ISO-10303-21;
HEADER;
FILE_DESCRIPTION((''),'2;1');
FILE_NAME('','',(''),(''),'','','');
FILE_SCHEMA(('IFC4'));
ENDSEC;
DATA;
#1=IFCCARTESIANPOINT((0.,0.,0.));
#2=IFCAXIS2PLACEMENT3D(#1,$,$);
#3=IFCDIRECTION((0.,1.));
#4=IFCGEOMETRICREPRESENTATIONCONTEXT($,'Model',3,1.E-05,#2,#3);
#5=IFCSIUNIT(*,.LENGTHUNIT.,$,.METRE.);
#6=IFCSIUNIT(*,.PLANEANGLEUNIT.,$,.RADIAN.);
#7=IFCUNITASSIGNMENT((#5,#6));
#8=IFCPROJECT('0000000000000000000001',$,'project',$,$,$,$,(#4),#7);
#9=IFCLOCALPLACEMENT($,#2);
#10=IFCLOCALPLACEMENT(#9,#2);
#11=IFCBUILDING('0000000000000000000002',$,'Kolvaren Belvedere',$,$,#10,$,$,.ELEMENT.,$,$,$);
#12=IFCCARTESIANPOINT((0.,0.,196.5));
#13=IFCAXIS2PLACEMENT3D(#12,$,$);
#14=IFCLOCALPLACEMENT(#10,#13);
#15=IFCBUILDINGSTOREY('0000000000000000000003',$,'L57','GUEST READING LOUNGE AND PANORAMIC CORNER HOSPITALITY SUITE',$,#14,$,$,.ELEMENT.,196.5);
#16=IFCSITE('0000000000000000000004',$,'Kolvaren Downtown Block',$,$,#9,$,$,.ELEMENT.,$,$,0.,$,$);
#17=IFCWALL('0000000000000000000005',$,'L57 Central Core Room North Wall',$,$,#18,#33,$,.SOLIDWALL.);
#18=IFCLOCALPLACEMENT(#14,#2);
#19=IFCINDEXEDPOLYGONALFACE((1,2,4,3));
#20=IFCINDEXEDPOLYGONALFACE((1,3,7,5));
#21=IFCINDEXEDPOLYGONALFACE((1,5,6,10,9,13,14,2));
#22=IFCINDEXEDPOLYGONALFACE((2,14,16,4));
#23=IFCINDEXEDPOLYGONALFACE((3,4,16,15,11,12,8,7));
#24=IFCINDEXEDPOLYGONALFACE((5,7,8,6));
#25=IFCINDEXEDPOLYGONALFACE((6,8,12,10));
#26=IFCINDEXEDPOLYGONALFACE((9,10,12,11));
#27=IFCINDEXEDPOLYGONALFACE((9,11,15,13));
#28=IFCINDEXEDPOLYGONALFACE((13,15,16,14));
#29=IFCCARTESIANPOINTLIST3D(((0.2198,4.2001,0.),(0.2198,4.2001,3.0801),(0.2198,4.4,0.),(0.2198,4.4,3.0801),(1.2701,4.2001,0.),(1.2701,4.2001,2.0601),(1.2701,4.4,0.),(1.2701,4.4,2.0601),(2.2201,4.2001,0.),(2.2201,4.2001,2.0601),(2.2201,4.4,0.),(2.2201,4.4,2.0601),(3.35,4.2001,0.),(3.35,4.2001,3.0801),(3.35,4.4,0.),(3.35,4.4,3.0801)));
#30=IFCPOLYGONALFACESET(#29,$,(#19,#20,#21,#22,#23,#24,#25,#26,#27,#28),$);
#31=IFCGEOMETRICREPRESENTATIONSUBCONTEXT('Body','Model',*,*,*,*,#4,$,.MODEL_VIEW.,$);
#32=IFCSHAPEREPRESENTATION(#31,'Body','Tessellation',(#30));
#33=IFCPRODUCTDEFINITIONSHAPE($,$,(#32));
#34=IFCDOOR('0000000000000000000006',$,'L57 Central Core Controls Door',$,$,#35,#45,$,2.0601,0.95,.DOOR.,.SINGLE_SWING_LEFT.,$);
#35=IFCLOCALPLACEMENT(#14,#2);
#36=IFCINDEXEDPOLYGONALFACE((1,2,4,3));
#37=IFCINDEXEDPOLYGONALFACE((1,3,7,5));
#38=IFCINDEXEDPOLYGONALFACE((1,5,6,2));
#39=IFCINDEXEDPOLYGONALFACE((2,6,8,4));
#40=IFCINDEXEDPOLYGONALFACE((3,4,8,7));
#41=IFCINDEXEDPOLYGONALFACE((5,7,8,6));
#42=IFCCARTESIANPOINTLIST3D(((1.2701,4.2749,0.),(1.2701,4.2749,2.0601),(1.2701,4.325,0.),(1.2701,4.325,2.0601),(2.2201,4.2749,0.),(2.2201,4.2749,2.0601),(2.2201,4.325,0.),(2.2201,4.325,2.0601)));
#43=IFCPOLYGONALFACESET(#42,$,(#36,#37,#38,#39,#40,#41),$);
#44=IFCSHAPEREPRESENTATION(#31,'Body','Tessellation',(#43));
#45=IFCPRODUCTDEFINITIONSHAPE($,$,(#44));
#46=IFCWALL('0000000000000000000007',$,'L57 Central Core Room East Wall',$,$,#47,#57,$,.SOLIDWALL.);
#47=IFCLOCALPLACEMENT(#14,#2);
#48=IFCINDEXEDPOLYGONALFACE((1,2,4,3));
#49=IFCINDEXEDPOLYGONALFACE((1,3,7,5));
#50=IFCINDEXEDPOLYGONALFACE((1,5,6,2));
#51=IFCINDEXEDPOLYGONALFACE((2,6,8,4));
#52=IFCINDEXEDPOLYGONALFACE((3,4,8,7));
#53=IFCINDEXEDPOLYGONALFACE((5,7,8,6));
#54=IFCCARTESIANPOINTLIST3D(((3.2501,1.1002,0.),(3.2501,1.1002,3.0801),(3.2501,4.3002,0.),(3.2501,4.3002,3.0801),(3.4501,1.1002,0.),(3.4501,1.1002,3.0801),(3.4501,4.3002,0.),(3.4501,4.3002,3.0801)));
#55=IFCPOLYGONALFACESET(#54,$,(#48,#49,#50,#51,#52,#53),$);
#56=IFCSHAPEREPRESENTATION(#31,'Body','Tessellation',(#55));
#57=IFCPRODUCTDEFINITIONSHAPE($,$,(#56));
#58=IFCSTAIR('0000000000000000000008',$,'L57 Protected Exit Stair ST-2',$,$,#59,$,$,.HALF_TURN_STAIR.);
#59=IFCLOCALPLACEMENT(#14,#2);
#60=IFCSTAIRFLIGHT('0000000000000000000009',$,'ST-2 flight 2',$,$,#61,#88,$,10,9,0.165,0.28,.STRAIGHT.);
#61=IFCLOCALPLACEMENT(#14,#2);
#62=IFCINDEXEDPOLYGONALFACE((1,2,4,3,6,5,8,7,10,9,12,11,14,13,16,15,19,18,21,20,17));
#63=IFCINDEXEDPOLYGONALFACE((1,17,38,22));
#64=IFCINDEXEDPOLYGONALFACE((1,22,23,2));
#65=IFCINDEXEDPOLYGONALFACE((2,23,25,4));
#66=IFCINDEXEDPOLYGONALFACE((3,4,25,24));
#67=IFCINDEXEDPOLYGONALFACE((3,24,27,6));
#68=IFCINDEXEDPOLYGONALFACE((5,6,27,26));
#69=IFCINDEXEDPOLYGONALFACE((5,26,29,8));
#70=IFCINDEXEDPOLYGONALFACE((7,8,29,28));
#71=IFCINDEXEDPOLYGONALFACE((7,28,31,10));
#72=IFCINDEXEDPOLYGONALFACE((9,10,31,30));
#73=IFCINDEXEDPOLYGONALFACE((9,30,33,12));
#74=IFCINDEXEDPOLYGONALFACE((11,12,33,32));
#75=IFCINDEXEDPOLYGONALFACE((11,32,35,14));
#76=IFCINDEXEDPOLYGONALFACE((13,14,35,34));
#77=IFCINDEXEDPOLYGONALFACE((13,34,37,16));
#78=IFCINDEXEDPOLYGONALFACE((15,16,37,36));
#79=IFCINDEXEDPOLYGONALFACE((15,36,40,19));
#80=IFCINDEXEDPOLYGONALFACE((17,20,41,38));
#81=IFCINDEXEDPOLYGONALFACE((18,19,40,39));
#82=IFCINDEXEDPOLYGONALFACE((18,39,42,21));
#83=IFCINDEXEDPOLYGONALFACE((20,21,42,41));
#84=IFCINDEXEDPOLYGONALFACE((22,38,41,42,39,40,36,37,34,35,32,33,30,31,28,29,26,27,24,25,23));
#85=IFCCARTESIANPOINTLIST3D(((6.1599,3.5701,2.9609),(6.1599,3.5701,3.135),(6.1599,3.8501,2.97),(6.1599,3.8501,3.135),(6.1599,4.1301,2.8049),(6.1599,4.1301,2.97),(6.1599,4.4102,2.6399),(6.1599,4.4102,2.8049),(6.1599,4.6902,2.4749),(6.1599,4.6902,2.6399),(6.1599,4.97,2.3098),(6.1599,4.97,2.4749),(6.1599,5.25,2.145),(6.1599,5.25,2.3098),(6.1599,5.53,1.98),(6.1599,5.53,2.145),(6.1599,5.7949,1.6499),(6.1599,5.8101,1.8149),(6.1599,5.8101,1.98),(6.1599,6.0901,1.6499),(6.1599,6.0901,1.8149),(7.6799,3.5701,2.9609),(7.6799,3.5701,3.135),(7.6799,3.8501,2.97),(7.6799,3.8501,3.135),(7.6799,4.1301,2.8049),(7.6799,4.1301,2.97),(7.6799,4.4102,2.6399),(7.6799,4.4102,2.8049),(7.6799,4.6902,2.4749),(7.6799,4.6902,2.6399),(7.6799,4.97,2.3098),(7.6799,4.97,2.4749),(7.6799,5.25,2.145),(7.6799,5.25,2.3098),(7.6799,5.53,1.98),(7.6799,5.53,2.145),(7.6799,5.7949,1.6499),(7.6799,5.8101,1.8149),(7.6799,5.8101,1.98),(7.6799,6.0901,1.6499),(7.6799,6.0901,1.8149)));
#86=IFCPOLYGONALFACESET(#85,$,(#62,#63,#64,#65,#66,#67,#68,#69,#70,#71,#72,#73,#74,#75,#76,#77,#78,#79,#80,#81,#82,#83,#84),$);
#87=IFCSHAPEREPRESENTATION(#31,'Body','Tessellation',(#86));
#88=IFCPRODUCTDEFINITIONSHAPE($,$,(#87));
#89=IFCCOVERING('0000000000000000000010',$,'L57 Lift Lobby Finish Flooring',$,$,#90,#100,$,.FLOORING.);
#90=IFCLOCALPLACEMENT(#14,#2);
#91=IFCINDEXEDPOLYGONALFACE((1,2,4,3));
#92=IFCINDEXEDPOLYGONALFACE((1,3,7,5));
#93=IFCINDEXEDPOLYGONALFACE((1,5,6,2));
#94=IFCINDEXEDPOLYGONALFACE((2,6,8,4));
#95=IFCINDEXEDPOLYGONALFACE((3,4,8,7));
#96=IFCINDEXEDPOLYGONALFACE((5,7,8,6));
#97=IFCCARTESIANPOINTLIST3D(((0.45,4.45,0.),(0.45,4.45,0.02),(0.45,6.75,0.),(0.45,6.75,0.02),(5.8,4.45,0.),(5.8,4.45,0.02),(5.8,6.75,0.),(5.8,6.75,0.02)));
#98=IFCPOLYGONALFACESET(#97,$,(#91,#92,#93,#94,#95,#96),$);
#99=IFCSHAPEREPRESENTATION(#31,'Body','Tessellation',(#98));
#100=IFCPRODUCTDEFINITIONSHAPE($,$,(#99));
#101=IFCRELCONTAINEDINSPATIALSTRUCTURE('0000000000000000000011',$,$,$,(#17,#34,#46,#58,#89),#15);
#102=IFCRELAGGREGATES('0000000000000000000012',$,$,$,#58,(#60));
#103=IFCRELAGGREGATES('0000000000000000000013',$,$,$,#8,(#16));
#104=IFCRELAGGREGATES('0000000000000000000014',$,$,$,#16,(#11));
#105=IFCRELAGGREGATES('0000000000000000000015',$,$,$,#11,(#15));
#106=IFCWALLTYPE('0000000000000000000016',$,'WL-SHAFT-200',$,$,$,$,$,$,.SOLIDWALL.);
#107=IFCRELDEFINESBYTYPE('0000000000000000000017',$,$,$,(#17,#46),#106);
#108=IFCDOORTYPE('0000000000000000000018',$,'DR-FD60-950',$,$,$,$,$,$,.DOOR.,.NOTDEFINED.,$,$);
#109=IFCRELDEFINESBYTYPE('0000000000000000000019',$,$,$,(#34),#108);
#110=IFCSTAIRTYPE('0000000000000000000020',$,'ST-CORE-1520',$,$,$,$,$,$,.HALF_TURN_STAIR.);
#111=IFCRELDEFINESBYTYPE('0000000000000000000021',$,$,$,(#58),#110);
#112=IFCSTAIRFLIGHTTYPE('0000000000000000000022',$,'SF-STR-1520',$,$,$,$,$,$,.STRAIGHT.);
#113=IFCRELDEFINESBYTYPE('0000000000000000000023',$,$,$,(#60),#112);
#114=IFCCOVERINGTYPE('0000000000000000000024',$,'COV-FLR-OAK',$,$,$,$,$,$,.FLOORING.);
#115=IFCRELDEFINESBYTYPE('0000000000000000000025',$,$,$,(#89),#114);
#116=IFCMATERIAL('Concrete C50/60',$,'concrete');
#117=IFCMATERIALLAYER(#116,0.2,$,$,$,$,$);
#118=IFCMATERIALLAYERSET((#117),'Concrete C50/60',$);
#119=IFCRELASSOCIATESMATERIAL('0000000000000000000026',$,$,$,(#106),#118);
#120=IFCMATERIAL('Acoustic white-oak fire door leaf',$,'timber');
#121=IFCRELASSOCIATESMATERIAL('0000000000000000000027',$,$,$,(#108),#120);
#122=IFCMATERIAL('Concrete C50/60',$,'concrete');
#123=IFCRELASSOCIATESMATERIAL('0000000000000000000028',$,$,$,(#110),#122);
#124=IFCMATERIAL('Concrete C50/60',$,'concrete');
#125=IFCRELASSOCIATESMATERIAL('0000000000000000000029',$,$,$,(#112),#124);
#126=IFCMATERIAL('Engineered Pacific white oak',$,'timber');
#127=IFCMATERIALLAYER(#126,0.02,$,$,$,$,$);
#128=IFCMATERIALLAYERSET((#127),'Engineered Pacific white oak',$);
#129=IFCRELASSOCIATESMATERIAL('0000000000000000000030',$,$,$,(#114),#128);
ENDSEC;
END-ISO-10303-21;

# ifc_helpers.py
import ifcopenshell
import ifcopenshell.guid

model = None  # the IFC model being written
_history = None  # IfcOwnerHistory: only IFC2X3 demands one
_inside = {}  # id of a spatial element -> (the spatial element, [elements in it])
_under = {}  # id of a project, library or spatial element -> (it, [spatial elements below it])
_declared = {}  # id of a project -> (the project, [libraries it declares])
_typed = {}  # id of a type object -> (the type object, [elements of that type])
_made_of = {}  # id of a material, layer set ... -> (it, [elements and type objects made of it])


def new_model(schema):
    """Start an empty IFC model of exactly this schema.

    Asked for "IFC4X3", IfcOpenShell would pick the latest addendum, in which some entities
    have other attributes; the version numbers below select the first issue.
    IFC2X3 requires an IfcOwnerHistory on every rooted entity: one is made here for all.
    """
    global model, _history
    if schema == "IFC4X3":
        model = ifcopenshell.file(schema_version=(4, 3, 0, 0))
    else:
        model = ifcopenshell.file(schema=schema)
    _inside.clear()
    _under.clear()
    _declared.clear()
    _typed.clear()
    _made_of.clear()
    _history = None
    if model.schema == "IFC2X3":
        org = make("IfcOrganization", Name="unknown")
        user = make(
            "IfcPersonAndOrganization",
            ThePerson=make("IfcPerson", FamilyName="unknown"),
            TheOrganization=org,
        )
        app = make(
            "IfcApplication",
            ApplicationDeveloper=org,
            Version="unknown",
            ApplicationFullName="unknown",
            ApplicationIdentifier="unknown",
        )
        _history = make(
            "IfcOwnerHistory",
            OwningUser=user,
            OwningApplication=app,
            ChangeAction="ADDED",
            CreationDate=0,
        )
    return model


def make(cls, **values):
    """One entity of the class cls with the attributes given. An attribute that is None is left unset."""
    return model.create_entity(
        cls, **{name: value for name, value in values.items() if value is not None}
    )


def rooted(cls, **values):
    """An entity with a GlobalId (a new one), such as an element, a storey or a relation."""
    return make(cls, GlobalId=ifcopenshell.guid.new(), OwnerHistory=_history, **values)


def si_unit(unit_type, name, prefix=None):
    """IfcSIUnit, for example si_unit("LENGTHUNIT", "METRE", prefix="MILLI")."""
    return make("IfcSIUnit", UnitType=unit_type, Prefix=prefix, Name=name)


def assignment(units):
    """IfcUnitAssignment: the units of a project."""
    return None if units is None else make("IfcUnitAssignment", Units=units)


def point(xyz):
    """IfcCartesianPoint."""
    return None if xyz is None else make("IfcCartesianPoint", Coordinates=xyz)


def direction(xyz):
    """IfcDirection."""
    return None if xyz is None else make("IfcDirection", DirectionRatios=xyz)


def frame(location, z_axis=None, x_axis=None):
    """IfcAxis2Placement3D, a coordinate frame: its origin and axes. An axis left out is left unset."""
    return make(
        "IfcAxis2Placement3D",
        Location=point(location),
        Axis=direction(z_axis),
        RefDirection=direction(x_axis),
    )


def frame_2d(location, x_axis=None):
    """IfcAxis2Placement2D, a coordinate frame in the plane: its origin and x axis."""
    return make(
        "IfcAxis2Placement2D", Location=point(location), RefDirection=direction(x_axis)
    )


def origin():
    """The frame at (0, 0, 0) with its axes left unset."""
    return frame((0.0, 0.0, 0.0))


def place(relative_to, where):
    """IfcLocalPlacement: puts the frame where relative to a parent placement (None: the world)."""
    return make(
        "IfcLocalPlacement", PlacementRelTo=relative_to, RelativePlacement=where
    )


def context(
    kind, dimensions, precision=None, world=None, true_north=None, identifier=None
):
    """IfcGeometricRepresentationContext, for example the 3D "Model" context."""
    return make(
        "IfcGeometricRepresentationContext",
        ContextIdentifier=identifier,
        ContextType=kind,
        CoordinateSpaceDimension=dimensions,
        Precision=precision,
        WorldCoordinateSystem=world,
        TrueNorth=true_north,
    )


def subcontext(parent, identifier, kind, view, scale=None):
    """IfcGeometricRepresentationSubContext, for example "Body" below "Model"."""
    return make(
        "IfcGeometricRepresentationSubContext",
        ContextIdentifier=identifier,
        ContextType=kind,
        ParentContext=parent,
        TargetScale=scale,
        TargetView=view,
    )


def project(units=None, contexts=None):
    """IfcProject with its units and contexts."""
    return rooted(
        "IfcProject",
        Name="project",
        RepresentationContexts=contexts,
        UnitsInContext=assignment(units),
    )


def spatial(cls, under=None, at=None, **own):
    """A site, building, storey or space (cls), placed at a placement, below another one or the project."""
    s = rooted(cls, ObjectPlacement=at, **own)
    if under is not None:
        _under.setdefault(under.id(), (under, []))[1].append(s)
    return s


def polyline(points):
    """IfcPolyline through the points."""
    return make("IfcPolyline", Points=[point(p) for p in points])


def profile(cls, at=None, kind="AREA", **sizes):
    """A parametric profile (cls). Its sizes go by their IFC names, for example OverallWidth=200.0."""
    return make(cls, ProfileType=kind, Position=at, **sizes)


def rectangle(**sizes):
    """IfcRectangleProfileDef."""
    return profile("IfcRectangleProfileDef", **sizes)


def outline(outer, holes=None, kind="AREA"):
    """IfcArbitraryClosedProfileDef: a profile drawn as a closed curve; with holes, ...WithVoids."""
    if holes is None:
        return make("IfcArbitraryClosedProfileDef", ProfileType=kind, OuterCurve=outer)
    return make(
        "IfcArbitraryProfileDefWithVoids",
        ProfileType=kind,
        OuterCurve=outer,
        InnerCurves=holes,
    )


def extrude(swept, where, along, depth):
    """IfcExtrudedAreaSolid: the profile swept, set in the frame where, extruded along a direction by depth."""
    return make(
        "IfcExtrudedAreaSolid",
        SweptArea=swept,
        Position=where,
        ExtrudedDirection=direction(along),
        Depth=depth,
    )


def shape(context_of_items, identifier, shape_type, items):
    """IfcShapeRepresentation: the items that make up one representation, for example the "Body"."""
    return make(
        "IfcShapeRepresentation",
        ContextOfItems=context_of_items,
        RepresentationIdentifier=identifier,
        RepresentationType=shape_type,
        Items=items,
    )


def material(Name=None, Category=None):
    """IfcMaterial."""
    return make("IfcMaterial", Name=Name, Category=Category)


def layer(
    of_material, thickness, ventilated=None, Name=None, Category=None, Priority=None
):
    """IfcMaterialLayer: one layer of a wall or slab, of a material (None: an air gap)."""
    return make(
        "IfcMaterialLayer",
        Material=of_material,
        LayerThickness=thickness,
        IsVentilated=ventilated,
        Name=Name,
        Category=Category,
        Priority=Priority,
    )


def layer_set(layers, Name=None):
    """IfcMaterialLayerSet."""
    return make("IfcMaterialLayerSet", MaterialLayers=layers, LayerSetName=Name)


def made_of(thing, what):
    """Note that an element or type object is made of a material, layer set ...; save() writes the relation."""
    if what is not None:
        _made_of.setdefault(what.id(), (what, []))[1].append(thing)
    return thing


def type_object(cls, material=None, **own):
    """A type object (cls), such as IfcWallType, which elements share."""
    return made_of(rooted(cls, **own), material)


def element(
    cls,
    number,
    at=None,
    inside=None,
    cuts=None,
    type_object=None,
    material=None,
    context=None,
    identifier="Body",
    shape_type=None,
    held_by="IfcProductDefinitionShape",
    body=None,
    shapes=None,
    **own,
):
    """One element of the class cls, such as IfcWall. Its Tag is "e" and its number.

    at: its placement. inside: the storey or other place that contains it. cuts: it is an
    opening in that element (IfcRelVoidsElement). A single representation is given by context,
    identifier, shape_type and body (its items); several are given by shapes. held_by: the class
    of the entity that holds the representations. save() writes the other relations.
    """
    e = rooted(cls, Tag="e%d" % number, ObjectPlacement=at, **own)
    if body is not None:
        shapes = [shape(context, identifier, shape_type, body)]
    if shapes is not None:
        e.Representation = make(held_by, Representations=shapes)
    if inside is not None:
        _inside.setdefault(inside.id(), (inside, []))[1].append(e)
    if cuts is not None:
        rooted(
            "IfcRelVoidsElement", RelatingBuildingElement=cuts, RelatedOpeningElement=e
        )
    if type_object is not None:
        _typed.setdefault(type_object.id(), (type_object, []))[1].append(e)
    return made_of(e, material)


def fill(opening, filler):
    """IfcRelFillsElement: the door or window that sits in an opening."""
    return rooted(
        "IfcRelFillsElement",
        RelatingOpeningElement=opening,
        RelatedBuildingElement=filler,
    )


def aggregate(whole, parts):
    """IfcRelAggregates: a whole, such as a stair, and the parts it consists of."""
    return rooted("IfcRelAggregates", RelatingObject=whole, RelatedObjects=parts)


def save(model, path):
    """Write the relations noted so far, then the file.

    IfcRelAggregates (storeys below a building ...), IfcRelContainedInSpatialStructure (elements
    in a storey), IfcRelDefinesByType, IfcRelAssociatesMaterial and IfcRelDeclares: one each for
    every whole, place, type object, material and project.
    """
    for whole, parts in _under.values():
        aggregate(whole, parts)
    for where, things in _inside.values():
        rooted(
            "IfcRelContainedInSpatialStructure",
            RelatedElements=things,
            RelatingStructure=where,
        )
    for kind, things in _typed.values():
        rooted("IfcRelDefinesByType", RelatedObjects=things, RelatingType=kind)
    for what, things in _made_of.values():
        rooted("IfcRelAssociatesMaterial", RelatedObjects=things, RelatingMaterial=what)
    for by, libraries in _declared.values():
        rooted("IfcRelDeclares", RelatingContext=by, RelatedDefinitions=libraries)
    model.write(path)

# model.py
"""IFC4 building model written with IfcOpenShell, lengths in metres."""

from ifc_helpers import new_model, si_unit, direction, frame, frame_2d, origin, place, context, subcontext, project, spatial, polyline, rectangle, outline, extrude, material, layer, layer_set, type_object, element, fill, aggregate, save


model = new_model("IFC4")

# Units and contexts
model_context = context("Model", 3, precision=1e-05, world=origin(), true_north=direction((0.0, 1.0)))
body_context = subcontext(model_context, "Body", "Model", "MODEL_VIEW")
ifc_project = project(units=[si_unit("LENGTHUNIT", "METRE"), si_unit("PLANEANGLEUNIT", "RADIAN")], contexts=[model_context])

# Site, building, storey
site_placement = place(None, origin())
site = spatial("IfcSite", under=ifc_project, at=site_placement, Name="Kolvaren Downtown Block", CompositionType="ELEMENT", RefElevation=0.0)
building_placement = place(site_placement, origin())
building = spatial("IfcBuilding", under=site, at=building_placement, Name="Kolvaren Belvedere", CompositionType="ELEMENT")
storey_placement = place(building_placement, frame((0.0, 0.0, 196.5)))
storey = spatial("IfcBuildingStorey", under=building, at=storey_placement, Name="L57", Description="GUEST READING LOUNGE AND PANORAMIC CORNER HOSPITALITY SUITE", CompositionType="ELEMENT", Elevation=196.5)

# Shared definitions
ifc_material_1 = material(Name="Concrete C50/60", Category="concrete")
ifc_layer_1 = layer(ifc_material_1, 0.2)
ifc_layer_set_1 = layer_set([ifc_layer_1], Name="Concrete C50/60")
wall_type_1 = type_object("IfcWallType", Name="WL-SHAFT-200", PredefinedType="SOLIDWALL", material=ifc_layer_set_1)

# Wall, opening, door
wall_1_placement = place(storey_placement, frame((0.22, 4.3, 0.0), z_axis=(0.0, 0.0, 1.0), x_axis=(1.0, 0.0, 0.0)))
wall_1 = element("IfcWall", 1, at=wall_1_placement, inside=storey, type_object=wall_type_1, Name="L57 Central Core Room North Wall", PredefinedType="SOLIDWALL", context=body_context, shape_type="SweptSolid", body=[
    extrude(rectangle(XDim=3.1301, YDim=0.2, at=frame_2d((1.5649, 0.0))), origin(), (0.0, 0.0, 1.0), 3.0801),
])
opening_1_placement = place(wall_1_placement, frame((1.05, 0.0, 0.0)))
opening_1 = element("IfcOpeningElement", 2, at=opening_1_placement, cuts=wall_1, PredefinedType="OPENING", context=body_context, shape_type="SweptSolid", body=[
    extrude(rectangle(XDim=0.95, YDim=2.0601, at=frame_2d((0.4751, 1.03))), frame((0.0, 0.1099, 0.0), z_axis=(0.0, -1.0, 0.0), x_axis=(1.0, 0.0, 0.0)), (0.0, 0.0, 1.0), 0.22),
])
ifc_material_2 = material(Name="Acoustic white-oak fire door leaf", Category="timber")
door_type_1 = type_object("IfcDoorType", Name="DR-FD60-950", OperationType="NOTDEFINED", PredefinedType="DOOR", material=ifc_material_2)
door_1_placement = place(opening_1_placement, origin())
door_1 = element("IfcDoor", 3, at=door_1_placement, inside=storey, type_object=door_type_1, Name="L57 Central Core Controls Door", OperationType="SINGLE_SWING_LEFT", OverallHeight=2.0601, OverallWidth=0.95, PredefinedType="DOOR", context=body_context, shape_type="SweptSolid", body=[
    extrude(rectangle(XDim=0.95, YDim=2.0601, at=frame_2d((0.4751, 1.03))), frame((0.0, 0.0249, 0.0), z_axis=(0.0, -1.0, 0.0), x_axis=(1.0, 0.0, 0.0)), (0.0, 0.0, 1.0), 0.05),
])
fill(opening_1, door_1)

# Wall
wall_2_placement = place(storey_placement, frame((3.3501, 1.1001, 0.0), z_axis=(0.0, 0.0, 1.0), x_axis=(0.0, 1.0, 0.0)))
element("IfcWall", 4, at=wall_2_placement, inside=storey, type_object=wall_type_1, Name="L57 Central Core Room East Wall", PredefinedType="SOLIDWALL", context=body_context, shape_type="SweptSolid", body=[
    extrude(rectangle(XDim=3.2, YDim=0.2, at=frame_2d((1.6001, 0.0))), origin(), (0.0, 0.0, 1.0), 3.0801),
])

# Stair, stair flight
ifc_material_3 = material(Name="Concrete C50/60", Category="concrete")
stair_type = type_object("IfcStairType", Name="ST-CORE-1520", PredefinedType="HALF_TURN_STAIR", material=ifc_material_3)
stair_placement = place(storey_placement, origin())
stair = element("IfcStair", 5, at=stair_placement, inside=storey, type_object=stair_type, Name="L57 Protected Exit Stair ST-2", PredefinedType="HALF_TURN_STAIR")
ifc_material_4 = material(Name="Concrete C50/60", Category="concrete")
stair_flight_type = type_object("IfcStairFlightType", Name="SF-STR-1520", PredefinedType="STRAIGHT", material=ifc_material_4)
stair_flight_placement = place(storey_placement, frame((6.9199, 6.0901, 1.6499), z_axis=(0.0, 0.0, 1.0), x_axis=(0.0, -1.0, 0.0)))
stair_flight = element("IfcStairFlight", 6, at=stair_flight_placement, type_object=stair_flight_type, Name="ST-2 flight 2", NumberOfRisers=10, NumberOfTreads=9, PredefinedType="STRAIGHT", RiserHeight=0.165, TreadLength=0.28, context=body_context, shape_type="SweptSolid", body=[
    extrude(outline(polyline([(0.0, 0.0), (0.0, 0.165), (0.28, 0.165), (0.28, 0.3301), (0.5601, 0.3301), (0.5601, 0.4951), (0.8401, 0.4951), (0.8401, 0.6599), (1.1201, 0.6599), (1.1201, 0.825), (1.3999, 0.825), (1.3999, 0.99), (1.6799, 0.99), (1.6799, 1.155), (1.96, 1.155), (1.96, 1.3201), (2.24, 1.3201), (2.24, 1.4851), (2.52, 1.4851), (2.52, 1.6499), (2.52, 1.311), (0.2952, 0.0), (0.0, 0.0)])), frame((0.0, 0.76, 0.0), z_axis=(0.0, -1.0, 0.0), x_axis=(1.0, 0.0, 0.0)), (0.0, 0.0, 1.0), 1.52),
])
aggregate(stair, [stair_flight])

# Covering
ifc_material_5 = material(Name="Engineered Pacific white oak", Category="timber")
ifc_layer_2 = layer(ifc_material_5, 0.02)
ifc_layer_set_2 = layer_set([ifc_layer_2], Name="Engineered Pacific white oak")
covering_type = type_object("IfcCoveringType", Name="COV-FLR-OAK", PredefinedType="FLOORING", material=ifc_layer_set_2)
covering_placement = place(storey_placement, origin())
element("IfcCovering", 7, at=covering_placement, inside=storey, type_object=covering_type, Name="L57 Lift Lobby Finish Flooring", PredefinedType="FLOORING", context=body_context, shape_type="SweptSolid", body=[
    extrude(outline(polyline([(0.45, 4.45), (5.8, 4.45), (5.8, 6.75), (0.45, 6.75), (0.45, 4.45)])), origin(), (0.0, 0.0, 1.0), 0.02),
])

save(model, "model.ifc")
